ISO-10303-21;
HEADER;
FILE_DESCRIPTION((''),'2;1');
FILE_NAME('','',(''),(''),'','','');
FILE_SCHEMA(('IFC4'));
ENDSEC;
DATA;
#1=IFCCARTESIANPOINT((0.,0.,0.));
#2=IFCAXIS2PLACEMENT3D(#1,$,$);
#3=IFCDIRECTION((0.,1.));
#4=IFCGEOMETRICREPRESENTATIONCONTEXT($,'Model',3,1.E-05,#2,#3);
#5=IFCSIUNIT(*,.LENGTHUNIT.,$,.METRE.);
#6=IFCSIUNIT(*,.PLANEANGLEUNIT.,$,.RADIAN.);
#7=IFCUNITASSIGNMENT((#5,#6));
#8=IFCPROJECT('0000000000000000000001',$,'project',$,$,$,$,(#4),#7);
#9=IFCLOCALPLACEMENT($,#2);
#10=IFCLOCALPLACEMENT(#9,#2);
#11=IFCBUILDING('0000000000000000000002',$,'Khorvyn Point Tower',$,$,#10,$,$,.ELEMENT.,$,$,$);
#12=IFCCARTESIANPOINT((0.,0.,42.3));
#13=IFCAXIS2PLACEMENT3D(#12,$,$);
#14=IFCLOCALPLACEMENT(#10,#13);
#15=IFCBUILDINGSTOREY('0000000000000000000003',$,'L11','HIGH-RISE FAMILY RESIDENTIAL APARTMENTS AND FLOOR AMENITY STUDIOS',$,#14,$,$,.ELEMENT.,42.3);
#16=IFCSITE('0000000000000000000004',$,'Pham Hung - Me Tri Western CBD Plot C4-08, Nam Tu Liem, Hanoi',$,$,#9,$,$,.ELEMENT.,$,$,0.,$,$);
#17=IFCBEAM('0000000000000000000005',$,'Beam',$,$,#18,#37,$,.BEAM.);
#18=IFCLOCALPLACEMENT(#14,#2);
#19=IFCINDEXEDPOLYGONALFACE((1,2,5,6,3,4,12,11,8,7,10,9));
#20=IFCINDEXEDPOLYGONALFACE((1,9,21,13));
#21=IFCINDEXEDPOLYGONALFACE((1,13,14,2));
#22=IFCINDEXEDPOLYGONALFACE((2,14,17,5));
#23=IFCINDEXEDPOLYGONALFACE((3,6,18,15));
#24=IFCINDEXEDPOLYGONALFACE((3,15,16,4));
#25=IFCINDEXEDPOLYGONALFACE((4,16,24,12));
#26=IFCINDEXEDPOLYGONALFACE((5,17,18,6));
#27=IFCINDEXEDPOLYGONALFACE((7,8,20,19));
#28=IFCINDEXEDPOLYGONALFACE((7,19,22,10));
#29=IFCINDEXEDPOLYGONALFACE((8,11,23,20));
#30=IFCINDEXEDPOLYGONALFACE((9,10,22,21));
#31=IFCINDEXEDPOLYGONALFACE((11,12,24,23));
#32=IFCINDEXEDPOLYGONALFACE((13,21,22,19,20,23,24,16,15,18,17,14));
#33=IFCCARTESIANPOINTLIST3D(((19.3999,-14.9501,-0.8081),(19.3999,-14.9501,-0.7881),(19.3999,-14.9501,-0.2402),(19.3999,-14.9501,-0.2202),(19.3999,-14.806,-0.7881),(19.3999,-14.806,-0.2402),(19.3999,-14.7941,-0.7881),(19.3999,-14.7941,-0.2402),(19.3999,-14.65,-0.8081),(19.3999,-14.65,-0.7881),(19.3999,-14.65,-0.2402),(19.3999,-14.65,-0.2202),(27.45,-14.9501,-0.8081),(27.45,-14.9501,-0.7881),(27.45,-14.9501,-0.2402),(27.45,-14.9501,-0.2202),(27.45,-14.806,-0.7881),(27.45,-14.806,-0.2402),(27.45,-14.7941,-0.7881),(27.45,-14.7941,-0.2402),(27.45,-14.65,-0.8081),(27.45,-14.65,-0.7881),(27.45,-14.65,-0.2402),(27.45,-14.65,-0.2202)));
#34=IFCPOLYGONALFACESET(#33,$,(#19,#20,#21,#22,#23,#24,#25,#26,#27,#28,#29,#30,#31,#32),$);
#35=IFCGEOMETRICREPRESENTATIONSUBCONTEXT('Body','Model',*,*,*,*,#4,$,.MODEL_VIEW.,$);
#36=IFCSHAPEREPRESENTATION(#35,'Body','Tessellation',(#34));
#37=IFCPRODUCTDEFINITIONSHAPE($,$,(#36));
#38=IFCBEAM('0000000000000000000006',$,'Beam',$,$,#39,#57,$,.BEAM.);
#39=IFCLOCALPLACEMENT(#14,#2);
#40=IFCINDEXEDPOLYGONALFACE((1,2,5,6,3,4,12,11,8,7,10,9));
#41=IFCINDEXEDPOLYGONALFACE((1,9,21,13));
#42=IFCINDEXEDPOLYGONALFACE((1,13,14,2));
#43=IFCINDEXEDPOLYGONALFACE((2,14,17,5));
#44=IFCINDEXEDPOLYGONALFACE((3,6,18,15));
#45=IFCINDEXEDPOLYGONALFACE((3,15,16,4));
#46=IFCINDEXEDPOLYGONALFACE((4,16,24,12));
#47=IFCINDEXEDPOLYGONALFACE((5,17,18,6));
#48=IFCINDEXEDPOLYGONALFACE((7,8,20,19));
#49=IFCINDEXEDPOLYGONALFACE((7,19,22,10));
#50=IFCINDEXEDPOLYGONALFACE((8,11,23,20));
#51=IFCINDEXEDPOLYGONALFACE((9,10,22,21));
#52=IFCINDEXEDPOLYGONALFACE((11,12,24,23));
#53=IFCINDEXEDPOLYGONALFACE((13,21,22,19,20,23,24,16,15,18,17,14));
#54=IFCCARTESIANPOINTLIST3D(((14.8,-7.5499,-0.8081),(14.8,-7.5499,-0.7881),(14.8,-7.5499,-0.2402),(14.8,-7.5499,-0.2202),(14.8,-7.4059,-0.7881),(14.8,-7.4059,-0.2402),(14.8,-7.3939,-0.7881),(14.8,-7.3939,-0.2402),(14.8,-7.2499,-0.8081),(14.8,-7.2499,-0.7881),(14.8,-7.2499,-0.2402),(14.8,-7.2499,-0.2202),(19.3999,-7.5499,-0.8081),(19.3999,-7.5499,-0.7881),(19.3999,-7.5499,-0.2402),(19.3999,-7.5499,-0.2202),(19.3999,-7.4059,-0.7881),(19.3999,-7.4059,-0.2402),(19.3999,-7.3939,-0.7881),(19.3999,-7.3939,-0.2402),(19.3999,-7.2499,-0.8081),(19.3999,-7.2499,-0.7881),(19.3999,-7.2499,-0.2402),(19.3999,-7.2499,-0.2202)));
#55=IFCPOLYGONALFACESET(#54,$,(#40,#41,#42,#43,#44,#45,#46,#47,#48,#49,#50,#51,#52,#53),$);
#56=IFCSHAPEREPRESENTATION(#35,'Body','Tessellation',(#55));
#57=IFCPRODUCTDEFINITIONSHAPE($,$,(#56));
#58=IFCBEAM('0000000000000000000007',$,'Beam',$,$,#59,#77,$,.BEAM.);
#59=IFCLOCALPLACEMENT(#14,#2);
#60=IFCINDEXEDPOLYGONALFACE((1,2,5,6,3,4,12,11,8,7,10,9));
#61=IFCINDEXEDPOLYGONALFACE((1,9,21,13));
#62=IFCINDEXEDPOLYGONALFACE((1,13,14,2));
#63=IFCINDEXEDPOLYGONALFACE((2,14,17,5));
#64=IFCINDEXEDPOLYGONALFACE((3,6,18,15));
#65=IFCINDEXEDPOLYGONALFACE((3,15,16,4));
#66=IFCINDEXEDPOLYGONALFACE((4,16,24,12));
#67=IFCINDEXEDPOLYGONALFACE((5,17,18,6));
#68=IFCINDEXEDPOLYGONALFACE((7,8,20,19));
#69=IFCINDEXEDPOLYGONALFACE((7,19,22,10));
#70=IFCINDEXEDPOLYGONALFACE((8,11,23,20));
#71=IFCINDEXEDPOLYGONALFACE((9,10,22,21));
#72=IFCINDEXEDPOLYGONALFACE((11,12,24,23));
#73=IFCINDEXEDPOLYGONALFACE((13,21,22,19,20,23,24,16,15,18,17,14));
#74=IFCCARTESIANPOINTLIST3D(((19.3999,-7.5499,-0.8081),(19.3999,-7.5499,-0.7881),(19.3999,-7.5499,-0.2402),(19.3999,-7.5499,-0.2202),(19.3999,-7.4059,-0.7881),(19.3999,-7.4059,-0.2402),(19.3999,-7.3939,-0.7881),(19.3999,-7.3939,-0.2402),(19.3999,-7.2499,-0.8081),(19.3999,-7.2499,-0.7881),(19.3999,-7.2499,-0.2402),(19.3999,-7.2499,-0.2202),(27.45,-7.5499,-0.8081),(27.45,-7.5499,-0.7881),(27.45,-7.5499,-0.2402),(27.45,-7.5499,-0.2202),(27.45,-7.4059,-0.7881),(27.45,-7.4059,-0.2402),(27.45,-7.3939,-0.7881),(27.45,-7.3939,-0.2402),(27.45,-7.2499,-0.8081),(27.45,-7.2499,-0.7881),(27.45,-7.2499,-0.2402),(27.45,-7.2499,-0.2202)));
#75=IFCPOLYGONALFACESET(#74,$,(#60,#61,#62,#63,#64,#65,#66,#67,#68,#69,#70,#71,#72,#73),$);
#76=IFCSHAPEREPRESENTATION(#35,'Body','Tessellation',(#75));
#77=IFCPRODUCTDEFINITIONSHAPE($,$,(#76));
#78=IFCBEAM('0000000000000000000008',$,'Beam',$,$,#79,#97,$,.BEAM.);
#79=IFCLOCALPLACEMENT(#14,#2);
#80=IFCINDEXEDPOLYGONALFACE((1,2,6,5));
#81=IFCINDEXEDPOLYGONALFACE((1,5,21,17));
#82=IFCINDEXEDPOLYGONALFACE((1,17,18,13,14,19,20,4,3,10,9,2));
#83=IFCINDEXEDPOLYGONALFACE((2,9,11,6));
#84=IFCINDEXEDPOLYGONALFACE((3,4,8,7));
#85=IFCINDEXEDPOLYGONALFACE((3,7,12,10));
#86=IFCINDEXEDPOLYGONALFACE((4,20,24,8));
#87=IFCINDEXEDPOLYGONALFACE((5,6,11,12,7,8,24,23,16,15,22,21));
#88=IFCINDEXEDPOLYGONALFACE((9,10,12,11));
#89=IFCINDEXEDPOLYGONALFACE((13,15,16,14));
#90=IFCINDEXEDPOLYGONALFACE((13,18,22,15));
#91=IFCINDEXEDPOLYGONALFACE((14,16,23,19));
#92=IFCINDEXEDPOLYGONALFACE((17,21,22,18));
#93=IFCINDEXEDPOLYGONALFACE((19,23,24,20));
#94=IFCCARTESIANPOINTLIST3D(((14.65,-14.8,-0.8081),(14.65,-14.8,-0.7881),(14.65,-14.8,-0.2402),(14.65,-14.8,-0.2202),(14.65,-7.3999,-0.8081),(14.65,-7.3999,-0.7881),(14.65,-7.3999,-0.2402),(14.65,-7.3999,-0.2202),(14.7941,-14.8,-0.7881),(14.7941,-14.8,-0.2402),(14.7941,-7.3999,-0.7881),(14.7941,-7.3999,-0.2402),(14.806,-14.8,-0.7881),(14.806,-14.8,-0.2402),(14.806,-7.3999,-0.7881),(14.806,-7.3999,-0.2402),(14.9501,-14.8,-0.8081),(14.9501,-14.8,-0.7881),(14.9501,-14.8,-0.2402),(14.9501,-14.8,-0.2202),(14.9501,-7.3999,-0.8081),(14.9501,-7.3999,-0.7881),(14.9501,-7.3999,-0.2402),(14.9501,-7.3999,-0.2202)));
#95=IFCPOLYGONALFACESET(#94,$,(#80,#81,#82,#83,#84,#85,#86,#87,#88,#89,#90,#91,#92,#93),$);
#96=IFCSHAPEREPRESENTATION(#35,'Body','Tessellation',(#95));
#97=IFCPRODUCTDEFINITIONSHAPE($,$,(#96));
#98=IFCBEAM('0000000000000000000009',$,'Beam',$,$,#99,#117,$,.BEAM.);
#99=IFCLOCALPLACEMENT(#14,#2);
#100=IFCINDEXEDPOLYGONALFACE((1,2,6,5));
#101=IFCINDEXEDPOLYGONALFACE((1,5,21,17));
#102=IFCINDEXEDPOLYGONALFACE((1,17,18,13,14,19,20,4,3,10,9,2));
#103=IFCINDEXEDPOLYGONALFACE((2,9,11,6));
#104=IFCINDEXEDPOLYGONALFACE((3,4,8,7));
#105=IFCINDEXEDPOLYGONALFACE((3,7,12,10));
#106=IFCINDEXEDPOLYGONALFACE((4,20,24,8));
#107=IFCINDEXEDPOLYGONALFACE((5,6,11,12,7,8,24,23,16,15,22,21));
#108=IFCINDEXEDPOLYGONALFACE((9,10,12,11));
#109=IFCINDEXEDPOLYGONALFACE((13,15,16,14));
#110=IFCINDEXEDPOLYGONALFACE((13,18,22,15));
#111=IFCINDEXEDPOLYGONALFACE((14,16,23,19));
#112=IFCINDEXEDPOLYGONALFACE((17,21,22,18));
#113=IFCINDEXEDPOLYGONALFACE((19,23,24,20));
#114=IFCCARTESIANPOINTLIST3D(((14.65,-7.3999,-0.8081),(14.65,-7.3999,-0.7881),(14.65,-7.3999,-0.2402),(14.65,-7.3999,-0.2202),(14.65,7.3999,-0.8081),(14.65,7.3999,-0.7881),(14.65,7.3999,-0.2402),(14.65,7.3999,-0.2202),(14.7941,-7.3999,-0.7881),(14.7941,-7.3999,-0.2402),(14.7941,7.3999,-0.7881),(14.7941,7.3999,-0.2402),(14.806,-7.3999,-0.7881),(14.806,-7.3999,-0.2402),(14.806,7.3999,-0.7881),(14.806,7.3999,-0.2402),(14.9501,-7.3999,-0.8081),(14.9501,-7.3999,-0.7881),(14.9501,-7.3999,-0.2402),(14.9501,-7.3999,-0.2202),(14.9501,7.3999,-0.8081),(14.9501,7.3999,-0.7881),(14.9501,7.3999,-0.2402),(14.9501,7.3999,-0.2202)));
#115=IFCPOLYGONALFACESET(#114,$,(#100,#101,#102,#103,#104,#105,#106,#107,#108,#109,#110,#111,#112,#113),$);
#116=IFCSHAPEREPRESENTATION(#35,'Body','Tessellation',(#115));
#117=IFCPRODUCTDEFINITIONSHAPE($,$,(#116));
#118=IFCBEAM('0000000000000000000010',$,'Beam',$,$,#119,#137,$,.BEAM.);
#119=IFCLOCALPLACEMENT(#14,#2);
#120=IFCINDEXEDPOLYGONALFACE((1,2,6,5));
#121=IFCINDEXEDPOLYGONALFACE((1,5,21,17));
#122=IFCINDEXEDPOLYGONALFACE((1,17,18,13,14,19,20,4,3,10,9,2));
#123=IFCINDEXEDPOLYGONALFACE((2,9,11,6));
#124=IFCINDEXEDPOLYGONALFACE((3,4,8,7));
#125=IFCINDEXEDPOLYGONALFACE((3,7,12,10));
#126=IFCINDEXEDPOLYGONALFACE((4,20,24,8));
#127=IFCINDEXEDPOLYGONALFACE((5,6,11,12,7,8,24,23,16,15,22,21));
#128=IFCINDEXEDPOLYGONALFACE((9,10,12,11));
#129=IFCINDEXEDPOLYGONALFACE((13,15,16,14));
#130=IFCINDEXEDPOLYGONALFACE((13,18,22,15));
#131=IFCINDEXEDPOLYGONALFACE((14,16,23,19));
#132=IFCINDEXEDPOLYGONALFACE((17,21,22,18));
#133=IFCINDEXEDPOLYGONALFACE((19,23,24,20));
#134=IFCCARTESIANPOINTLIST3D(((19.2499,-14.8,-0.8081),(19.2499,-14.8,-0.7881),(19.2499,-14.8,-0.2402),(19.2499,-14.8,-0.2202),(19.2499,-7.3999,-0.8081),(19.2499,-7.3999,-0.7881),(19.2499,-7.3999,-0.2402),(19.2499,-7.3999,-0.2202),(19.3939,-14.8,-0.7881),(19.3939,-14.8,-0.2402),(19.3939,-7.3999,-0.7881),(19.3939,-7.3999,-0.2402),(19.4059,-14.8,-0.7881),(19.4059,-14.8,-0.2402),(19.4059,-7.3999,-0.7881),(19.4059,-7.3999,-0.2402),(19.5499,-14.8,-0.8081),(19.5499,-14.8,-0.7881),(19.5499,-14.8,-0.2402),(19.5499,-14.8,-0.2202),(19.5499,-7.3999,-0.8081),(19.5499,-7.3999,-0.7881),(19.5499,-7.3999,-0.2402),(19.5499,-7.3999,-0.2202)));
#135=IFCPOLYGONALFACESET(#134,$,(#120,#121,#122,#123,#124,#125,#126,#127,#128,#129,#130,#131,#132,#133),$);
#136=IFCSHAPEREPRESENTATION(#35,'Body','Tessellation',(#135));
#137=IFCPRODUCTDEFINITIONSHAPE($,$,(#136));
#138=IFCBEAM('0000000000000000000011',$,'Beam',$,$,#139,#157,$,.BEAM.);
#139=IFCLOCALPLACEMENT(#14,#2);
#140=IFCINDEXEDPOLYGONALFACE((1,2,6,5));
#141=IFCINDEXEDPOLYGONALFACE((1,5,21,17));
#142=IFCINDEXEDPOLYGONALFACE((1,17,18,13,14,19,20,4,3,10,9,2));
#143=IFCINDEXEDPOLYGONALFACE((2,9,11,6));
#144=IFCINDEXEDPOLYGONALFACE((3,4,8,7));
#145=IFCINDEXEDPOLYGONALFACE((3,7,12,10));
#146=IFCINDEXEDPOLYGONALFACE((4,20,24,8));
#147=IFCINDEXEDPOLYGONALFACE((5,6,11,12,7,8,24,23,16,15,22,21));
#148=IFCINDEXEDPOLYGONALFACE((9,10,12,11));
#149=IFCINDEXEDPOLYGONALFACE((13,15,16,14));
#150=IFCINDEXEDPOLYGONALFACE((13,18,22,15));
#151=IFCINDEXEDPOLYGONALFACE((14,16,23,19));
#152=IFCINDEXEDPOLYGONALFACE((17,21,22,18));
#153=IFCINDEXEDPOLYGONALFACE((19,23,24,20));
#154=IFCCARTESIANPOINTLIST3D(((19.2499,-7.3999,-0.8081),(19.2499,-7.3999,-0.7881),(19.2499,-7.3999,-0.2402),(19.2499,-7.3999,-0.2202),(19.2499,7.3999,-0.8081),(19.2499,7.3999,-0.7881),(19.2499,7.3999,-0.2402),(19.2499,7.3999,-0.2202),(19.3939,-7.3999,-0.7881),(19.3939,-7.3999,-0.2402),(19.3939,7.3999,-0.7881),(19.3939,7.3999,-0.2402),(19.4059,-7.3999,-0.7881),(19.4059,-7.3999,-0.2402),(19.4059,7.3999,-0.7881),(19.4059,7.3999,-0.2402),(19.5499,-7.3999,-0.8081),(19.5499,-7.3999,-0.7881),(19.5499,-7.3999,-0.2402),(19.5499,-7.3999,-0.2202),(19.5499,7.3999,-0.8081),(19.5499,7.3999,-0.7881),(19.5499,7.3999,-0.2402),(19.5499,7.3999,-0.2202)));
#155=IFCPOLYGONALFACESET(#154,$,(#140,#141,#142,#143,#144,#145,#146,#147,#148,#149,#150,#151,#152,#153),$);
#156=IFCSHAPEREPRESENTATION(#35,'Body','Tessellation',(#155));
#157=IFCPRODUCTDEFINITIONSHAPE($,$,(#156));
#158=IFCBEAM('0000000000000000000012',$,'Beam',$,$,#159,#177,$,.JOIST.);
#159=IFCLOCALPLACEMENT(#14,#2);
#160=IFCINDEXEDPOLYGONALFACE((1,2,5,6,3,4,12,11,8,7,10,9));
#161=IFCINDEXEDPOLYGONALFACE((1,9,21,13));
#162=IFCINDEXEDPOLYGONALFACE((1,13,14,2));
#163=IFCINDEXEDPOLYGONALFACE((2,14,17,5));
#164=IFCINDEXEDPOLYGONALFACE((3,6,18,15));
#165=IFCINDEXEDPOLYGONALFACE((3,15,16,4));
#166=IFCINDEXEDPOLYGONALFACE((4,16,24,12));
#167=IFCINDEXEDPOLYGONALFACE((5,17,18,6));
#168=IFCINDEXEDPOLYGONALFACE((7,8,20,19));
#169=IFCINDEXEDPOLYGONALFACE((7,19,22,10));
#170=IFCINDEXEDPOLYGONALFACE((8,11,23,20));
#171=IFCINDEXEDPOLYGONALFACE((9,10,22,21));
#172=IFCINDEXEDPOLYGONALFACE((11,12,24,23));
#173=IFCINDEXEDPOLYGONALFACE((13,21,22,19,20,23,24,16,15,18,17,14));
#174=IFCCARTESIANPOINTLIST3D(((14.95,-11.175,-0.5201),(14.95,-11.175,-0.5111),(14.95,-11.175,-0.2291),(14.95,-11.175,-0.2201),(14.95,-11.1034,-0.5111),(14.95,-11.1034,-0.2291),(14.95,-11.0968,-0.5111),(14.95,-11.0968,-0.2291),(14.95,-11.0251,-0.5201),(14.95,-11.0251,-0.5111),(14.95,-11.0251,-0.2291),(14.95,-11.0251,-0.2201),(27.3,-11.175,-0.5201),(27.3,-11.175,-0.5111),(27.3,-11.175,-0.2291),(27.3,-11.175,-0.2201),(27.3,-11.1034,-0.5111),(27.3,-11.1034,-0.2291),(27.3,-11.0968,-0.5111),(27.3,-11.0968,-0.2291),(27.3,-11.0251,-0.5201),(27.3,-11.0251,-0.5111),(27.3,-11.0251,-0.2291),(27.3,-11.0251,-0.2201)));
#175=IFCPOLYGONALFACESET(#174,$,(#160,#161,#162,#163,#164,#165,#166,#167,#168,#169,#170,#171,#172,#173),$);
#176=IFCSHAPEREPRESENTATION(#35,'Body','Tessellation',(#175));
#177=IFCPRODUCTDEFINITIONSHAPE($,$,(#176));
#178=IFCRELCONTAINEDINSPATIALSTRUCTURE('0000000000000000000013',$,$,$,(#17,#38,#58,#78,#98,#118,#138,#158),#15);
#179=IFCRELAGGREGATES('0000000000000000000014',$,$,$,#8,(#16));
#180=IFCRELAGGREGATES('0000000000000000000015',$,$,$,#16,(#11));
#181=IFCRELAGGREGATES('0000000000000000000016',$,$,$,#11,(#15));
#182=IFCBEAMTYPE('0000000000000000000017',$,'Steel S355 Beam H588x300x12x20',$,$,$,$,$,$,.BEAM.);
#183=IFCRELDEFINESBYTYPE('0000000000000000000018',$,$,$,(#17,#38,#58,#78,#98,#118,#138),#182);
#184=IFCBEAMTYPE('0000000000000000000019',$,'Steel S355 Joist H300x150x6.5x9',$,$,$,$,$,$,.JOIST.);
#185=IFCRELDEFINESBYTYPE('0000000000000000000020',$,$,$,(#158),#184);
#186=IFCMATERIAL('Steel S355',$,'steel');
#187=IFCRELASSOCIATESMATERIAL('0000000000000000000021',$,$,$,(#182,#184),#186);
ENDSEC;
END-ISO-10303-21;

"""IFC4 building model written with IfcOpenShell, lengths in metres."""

from ifc_helpers import new_model, si_unit, direction, frame, origin, origin_2d, place, context, subcontext, project, spatial, i_section, extrude, material, material_profile, profile_set, type_object, element, save


model = new_model("IFC4")

# Units and contexts
model_context = context("Model", 3, precision=1e-05, world=origin(), true_north=direction((0.0, 1.0)))
body_context = subcontext(model_context, "Body", "Model", "MODEL_VIEW")
ifc_project = project(units=[si_unit("LENGTHUNIT", "METRE"), si_unit("PLANEANGLEUNIT", "RADIAN")], contexts=[model_context])

# Site, building, storey
site_placement = place(None, origin())
site = spatial("IfcSite", under=ifc_project, at=site_placement, Name="Pham Hung - Me Tri Western CBD Plot C4-08, Nam Tu Liem, Hanoi", CompositionType="ELEMENT", RefElevation=0.0)
building_placement = place(site_placement, origin())
building = spatial("IfcBuilding", under=site, at=building_placement, Name="Khorvyn Point Tower", CompositionType="ELEMENT")
storey_placement = place(building_placement, frame((0.0, 0.0, 42.3)))
storey = spatial("IfcBuildingStorey", under=building, at=storey_placement, Name="L11", Description="HIGH-RISE FAMILY RESIDENTIAL APARTMENTS AND FLOOR AMENITY STUDIOS", CompositionType="ELEMENT", Elevation=42.3)

# Beams
ifc_material_1 = material(Name="Steel S355", Category="steel")
ifc_material_profile_1 = material_profile(ifc_material_1, i_section(OverallWidth=0.3, OverallDepth=0.5879, WebThickness=0.012, FlangeThickness=0.02, at=origin_2d()))
ifc_profile_set_1 = profile_set([ifc_material_profile_1], Name="Steel S355 H588x300x12x20")
beam_type_1 = type_object("IfcBeamType", Name="Steel S355 Beam H588x300x12x20", PredefinedType="BEAM", material=ifc_profile_set_1)
beam_1_placement = place(storey_placement, frame((19.3999, -14.8, -0.5142), z_axis=(1.0, 0.0, 0.0), x_axis=(0.0, 1.0, 0.0)))
element("IfcBeam", 1, at=beam_1_placement, inside=storey, type_object=beam_type_1, Name="Beam", PredefinedType="BEAM", context=body_context, shape_type="SweptSolid", body=[
    extrude(i_section(OverallWidth=0.3, OverallDepth=0.5879, WebThickness=0.012, FlangeThickness=0.02, at=origin_2d()), origin(), (0.0, 0.0, 1.0), 8.05),
])
beam_2_placement = place(storey_placement, frame((14.8, -7.3999, -0.5142), z_axis=(1.0, 0.0, 0.0), x_axis=(0.0, 1.0, 0.0)))
element("IfcBeam", 2, at=beam_2_placement, inside=storey, type_object=beam_type_1, Name="Beam", PredefinedType="BEAM", context=body_context, shape_type="SweptSolid", body=[
    extrude(i_section(OverallWidth=0.3, OverallDepth=0.5879, WebThickness=0.012, FlangeThickness=0.02, at=origin_2d()), origin(), (0.0, 0.0, 1.0), 4.5999),
])
beam_3_placement = place(storey_placement, frame((19.3999, -7.3999, -0.5142), z_axis=(1.0, 0.0, 0.0), x_axis=(0.0, 1.0, 0.0)))
element("IfcBeam", 3, at=beam_3_placement, inside=storey, type_object=beam_type_1, Name="Beam", PredefinedType="BEAM", context=body_context, shape_type="SweptSolid", body=[
    extrude(i_section(OverallWidth=0.3, OverallDepth=0.5879, WebThickness=0.012, FlangeThickness=0.02, at=origin_2d()), origin(), (0.0, 0.0, 1.0), 8.05),
])
beam_4_placement = place(storey_placement, frame((14.8, -14.8, -0.5142), z_axis=(0.0, 1.0, 0.0), x_axis=(-1.0, 0.0, 0.0)))
element("IfcBeam", 4, at=beam_4_placement, inside=storey, type_object=beam_type_1, Name="Beam", PredefinedType="BEAM", context=body_context, shape_type="SweptSolid", body=[
    extrude(i_section(OverallWidth=0.3, OverallDepth=0.5879, WebThickness=0.012, FlangeThickness=0.02, at=origin_2d()), origin(), (0.0, 0.0, 1.0), 7.4001),
])
beam_5_placement = place(storey_placement, frame((14.8, -7.3999, -0.5142), z_axis=(0.0, 1.0, 0.0), x_axis=(-1.0, 0.0, 0.0)))
element("IfcBeam", 5, at=beam_5_placement, inside=storey, type_object=beam_type_1, Name="Beam", PredefinedType="BEAM", context=body_context, shape_type="SweptSolid", body=[
    extrude(i_section(OverallWidth=0.3, OverallDepth=0.5879, WebThickness=0.012, FlangeThickness=0.02, at=origin_2d()), origin(), (0.0, 0.0, 1.0), 14.7998),
])
beam_6_placement = place(storey_placement, frame((19.3999, -14.8, -0.5142), z_axis=(0.0, 1.0, 0.0), x_axis=(-1.0, 0.0, 0.0)))
element("IfcBeam", 6, at=beam_6_placement, inside=storey, type_object=beam_type_1, Name="Beam", PredefinedType="BEAM", context=body_context, shape_type="SweptSolid", body=[
    extrude(i_section(OverallWidth=0.3, OverallDepth=0.5879, WebThickness=0.012, FlangeThickness=0.02, at=origin_2d()), origin(), (0.0, 0.0, 1.0), 7.4001),
])
beam_7_placement = place(storey_placement, frame((19.3999, -7.3999, -0.5142), z_axis=(0.0, 1.0, 0.0), x_axis=(-1.0, 0.0, 0.0)))
element("IfcBeam", 7, at=beam_7_placement, inside=storey, type_object=beam_type_1, Name="Beam", PredefinedType="BEAM", context=body_context, shape_type="SweptSolid", body=[
    extrude(i_section(OverallWidth=0.3, OverallDepth=0.5879, WebThickness=0.012, FlangeThickness=0.02, at=origin_2d()), origin(), (0.0, 0.0, 1.0), 14.7998),
])
ifc_material_profile_2 = material_profile(ifc_material_1, i_section(OverallWidth=0.1499, OverallDepth=0.3, WebThickness=0.0066, FlangeThickness=0.009, at=origin_2d()))
ifc_profile_set_2 = profile_set([ifc_material_profile_2], Name="Steel S355 H300x150x6.5x9")
beam_type_2 = type_object("IfcBeamType", Name="Steel S355 Joist H300x150x6.5x9", PredefinedType="JOIST", material=ifc_profile_set_2)
beam_8_placement = place(storey_placement, frame((14.95, -11.1001, -0.3701), z_axis=(1.0, 0.0, 0.0), x_axis=(0.0, 1.0, 0.0)))
element("IfcBeam", 8, at=beam_8_placement, inside=storey, type_object=beam_type_2, Name="Beam", PredefinedType="JOIST", context=body_context, shape_type="SweptSolid", body=[
    extrude(i_section(OverallWidth=0.1499, OverallDepth=0.3, WebThickness=0.0066, FlangeThickness=0.009, at=origin_2d()), origin(), (0.0, 0.0, 1.0), 12.3501),
])

save(model, "model.ifc")
